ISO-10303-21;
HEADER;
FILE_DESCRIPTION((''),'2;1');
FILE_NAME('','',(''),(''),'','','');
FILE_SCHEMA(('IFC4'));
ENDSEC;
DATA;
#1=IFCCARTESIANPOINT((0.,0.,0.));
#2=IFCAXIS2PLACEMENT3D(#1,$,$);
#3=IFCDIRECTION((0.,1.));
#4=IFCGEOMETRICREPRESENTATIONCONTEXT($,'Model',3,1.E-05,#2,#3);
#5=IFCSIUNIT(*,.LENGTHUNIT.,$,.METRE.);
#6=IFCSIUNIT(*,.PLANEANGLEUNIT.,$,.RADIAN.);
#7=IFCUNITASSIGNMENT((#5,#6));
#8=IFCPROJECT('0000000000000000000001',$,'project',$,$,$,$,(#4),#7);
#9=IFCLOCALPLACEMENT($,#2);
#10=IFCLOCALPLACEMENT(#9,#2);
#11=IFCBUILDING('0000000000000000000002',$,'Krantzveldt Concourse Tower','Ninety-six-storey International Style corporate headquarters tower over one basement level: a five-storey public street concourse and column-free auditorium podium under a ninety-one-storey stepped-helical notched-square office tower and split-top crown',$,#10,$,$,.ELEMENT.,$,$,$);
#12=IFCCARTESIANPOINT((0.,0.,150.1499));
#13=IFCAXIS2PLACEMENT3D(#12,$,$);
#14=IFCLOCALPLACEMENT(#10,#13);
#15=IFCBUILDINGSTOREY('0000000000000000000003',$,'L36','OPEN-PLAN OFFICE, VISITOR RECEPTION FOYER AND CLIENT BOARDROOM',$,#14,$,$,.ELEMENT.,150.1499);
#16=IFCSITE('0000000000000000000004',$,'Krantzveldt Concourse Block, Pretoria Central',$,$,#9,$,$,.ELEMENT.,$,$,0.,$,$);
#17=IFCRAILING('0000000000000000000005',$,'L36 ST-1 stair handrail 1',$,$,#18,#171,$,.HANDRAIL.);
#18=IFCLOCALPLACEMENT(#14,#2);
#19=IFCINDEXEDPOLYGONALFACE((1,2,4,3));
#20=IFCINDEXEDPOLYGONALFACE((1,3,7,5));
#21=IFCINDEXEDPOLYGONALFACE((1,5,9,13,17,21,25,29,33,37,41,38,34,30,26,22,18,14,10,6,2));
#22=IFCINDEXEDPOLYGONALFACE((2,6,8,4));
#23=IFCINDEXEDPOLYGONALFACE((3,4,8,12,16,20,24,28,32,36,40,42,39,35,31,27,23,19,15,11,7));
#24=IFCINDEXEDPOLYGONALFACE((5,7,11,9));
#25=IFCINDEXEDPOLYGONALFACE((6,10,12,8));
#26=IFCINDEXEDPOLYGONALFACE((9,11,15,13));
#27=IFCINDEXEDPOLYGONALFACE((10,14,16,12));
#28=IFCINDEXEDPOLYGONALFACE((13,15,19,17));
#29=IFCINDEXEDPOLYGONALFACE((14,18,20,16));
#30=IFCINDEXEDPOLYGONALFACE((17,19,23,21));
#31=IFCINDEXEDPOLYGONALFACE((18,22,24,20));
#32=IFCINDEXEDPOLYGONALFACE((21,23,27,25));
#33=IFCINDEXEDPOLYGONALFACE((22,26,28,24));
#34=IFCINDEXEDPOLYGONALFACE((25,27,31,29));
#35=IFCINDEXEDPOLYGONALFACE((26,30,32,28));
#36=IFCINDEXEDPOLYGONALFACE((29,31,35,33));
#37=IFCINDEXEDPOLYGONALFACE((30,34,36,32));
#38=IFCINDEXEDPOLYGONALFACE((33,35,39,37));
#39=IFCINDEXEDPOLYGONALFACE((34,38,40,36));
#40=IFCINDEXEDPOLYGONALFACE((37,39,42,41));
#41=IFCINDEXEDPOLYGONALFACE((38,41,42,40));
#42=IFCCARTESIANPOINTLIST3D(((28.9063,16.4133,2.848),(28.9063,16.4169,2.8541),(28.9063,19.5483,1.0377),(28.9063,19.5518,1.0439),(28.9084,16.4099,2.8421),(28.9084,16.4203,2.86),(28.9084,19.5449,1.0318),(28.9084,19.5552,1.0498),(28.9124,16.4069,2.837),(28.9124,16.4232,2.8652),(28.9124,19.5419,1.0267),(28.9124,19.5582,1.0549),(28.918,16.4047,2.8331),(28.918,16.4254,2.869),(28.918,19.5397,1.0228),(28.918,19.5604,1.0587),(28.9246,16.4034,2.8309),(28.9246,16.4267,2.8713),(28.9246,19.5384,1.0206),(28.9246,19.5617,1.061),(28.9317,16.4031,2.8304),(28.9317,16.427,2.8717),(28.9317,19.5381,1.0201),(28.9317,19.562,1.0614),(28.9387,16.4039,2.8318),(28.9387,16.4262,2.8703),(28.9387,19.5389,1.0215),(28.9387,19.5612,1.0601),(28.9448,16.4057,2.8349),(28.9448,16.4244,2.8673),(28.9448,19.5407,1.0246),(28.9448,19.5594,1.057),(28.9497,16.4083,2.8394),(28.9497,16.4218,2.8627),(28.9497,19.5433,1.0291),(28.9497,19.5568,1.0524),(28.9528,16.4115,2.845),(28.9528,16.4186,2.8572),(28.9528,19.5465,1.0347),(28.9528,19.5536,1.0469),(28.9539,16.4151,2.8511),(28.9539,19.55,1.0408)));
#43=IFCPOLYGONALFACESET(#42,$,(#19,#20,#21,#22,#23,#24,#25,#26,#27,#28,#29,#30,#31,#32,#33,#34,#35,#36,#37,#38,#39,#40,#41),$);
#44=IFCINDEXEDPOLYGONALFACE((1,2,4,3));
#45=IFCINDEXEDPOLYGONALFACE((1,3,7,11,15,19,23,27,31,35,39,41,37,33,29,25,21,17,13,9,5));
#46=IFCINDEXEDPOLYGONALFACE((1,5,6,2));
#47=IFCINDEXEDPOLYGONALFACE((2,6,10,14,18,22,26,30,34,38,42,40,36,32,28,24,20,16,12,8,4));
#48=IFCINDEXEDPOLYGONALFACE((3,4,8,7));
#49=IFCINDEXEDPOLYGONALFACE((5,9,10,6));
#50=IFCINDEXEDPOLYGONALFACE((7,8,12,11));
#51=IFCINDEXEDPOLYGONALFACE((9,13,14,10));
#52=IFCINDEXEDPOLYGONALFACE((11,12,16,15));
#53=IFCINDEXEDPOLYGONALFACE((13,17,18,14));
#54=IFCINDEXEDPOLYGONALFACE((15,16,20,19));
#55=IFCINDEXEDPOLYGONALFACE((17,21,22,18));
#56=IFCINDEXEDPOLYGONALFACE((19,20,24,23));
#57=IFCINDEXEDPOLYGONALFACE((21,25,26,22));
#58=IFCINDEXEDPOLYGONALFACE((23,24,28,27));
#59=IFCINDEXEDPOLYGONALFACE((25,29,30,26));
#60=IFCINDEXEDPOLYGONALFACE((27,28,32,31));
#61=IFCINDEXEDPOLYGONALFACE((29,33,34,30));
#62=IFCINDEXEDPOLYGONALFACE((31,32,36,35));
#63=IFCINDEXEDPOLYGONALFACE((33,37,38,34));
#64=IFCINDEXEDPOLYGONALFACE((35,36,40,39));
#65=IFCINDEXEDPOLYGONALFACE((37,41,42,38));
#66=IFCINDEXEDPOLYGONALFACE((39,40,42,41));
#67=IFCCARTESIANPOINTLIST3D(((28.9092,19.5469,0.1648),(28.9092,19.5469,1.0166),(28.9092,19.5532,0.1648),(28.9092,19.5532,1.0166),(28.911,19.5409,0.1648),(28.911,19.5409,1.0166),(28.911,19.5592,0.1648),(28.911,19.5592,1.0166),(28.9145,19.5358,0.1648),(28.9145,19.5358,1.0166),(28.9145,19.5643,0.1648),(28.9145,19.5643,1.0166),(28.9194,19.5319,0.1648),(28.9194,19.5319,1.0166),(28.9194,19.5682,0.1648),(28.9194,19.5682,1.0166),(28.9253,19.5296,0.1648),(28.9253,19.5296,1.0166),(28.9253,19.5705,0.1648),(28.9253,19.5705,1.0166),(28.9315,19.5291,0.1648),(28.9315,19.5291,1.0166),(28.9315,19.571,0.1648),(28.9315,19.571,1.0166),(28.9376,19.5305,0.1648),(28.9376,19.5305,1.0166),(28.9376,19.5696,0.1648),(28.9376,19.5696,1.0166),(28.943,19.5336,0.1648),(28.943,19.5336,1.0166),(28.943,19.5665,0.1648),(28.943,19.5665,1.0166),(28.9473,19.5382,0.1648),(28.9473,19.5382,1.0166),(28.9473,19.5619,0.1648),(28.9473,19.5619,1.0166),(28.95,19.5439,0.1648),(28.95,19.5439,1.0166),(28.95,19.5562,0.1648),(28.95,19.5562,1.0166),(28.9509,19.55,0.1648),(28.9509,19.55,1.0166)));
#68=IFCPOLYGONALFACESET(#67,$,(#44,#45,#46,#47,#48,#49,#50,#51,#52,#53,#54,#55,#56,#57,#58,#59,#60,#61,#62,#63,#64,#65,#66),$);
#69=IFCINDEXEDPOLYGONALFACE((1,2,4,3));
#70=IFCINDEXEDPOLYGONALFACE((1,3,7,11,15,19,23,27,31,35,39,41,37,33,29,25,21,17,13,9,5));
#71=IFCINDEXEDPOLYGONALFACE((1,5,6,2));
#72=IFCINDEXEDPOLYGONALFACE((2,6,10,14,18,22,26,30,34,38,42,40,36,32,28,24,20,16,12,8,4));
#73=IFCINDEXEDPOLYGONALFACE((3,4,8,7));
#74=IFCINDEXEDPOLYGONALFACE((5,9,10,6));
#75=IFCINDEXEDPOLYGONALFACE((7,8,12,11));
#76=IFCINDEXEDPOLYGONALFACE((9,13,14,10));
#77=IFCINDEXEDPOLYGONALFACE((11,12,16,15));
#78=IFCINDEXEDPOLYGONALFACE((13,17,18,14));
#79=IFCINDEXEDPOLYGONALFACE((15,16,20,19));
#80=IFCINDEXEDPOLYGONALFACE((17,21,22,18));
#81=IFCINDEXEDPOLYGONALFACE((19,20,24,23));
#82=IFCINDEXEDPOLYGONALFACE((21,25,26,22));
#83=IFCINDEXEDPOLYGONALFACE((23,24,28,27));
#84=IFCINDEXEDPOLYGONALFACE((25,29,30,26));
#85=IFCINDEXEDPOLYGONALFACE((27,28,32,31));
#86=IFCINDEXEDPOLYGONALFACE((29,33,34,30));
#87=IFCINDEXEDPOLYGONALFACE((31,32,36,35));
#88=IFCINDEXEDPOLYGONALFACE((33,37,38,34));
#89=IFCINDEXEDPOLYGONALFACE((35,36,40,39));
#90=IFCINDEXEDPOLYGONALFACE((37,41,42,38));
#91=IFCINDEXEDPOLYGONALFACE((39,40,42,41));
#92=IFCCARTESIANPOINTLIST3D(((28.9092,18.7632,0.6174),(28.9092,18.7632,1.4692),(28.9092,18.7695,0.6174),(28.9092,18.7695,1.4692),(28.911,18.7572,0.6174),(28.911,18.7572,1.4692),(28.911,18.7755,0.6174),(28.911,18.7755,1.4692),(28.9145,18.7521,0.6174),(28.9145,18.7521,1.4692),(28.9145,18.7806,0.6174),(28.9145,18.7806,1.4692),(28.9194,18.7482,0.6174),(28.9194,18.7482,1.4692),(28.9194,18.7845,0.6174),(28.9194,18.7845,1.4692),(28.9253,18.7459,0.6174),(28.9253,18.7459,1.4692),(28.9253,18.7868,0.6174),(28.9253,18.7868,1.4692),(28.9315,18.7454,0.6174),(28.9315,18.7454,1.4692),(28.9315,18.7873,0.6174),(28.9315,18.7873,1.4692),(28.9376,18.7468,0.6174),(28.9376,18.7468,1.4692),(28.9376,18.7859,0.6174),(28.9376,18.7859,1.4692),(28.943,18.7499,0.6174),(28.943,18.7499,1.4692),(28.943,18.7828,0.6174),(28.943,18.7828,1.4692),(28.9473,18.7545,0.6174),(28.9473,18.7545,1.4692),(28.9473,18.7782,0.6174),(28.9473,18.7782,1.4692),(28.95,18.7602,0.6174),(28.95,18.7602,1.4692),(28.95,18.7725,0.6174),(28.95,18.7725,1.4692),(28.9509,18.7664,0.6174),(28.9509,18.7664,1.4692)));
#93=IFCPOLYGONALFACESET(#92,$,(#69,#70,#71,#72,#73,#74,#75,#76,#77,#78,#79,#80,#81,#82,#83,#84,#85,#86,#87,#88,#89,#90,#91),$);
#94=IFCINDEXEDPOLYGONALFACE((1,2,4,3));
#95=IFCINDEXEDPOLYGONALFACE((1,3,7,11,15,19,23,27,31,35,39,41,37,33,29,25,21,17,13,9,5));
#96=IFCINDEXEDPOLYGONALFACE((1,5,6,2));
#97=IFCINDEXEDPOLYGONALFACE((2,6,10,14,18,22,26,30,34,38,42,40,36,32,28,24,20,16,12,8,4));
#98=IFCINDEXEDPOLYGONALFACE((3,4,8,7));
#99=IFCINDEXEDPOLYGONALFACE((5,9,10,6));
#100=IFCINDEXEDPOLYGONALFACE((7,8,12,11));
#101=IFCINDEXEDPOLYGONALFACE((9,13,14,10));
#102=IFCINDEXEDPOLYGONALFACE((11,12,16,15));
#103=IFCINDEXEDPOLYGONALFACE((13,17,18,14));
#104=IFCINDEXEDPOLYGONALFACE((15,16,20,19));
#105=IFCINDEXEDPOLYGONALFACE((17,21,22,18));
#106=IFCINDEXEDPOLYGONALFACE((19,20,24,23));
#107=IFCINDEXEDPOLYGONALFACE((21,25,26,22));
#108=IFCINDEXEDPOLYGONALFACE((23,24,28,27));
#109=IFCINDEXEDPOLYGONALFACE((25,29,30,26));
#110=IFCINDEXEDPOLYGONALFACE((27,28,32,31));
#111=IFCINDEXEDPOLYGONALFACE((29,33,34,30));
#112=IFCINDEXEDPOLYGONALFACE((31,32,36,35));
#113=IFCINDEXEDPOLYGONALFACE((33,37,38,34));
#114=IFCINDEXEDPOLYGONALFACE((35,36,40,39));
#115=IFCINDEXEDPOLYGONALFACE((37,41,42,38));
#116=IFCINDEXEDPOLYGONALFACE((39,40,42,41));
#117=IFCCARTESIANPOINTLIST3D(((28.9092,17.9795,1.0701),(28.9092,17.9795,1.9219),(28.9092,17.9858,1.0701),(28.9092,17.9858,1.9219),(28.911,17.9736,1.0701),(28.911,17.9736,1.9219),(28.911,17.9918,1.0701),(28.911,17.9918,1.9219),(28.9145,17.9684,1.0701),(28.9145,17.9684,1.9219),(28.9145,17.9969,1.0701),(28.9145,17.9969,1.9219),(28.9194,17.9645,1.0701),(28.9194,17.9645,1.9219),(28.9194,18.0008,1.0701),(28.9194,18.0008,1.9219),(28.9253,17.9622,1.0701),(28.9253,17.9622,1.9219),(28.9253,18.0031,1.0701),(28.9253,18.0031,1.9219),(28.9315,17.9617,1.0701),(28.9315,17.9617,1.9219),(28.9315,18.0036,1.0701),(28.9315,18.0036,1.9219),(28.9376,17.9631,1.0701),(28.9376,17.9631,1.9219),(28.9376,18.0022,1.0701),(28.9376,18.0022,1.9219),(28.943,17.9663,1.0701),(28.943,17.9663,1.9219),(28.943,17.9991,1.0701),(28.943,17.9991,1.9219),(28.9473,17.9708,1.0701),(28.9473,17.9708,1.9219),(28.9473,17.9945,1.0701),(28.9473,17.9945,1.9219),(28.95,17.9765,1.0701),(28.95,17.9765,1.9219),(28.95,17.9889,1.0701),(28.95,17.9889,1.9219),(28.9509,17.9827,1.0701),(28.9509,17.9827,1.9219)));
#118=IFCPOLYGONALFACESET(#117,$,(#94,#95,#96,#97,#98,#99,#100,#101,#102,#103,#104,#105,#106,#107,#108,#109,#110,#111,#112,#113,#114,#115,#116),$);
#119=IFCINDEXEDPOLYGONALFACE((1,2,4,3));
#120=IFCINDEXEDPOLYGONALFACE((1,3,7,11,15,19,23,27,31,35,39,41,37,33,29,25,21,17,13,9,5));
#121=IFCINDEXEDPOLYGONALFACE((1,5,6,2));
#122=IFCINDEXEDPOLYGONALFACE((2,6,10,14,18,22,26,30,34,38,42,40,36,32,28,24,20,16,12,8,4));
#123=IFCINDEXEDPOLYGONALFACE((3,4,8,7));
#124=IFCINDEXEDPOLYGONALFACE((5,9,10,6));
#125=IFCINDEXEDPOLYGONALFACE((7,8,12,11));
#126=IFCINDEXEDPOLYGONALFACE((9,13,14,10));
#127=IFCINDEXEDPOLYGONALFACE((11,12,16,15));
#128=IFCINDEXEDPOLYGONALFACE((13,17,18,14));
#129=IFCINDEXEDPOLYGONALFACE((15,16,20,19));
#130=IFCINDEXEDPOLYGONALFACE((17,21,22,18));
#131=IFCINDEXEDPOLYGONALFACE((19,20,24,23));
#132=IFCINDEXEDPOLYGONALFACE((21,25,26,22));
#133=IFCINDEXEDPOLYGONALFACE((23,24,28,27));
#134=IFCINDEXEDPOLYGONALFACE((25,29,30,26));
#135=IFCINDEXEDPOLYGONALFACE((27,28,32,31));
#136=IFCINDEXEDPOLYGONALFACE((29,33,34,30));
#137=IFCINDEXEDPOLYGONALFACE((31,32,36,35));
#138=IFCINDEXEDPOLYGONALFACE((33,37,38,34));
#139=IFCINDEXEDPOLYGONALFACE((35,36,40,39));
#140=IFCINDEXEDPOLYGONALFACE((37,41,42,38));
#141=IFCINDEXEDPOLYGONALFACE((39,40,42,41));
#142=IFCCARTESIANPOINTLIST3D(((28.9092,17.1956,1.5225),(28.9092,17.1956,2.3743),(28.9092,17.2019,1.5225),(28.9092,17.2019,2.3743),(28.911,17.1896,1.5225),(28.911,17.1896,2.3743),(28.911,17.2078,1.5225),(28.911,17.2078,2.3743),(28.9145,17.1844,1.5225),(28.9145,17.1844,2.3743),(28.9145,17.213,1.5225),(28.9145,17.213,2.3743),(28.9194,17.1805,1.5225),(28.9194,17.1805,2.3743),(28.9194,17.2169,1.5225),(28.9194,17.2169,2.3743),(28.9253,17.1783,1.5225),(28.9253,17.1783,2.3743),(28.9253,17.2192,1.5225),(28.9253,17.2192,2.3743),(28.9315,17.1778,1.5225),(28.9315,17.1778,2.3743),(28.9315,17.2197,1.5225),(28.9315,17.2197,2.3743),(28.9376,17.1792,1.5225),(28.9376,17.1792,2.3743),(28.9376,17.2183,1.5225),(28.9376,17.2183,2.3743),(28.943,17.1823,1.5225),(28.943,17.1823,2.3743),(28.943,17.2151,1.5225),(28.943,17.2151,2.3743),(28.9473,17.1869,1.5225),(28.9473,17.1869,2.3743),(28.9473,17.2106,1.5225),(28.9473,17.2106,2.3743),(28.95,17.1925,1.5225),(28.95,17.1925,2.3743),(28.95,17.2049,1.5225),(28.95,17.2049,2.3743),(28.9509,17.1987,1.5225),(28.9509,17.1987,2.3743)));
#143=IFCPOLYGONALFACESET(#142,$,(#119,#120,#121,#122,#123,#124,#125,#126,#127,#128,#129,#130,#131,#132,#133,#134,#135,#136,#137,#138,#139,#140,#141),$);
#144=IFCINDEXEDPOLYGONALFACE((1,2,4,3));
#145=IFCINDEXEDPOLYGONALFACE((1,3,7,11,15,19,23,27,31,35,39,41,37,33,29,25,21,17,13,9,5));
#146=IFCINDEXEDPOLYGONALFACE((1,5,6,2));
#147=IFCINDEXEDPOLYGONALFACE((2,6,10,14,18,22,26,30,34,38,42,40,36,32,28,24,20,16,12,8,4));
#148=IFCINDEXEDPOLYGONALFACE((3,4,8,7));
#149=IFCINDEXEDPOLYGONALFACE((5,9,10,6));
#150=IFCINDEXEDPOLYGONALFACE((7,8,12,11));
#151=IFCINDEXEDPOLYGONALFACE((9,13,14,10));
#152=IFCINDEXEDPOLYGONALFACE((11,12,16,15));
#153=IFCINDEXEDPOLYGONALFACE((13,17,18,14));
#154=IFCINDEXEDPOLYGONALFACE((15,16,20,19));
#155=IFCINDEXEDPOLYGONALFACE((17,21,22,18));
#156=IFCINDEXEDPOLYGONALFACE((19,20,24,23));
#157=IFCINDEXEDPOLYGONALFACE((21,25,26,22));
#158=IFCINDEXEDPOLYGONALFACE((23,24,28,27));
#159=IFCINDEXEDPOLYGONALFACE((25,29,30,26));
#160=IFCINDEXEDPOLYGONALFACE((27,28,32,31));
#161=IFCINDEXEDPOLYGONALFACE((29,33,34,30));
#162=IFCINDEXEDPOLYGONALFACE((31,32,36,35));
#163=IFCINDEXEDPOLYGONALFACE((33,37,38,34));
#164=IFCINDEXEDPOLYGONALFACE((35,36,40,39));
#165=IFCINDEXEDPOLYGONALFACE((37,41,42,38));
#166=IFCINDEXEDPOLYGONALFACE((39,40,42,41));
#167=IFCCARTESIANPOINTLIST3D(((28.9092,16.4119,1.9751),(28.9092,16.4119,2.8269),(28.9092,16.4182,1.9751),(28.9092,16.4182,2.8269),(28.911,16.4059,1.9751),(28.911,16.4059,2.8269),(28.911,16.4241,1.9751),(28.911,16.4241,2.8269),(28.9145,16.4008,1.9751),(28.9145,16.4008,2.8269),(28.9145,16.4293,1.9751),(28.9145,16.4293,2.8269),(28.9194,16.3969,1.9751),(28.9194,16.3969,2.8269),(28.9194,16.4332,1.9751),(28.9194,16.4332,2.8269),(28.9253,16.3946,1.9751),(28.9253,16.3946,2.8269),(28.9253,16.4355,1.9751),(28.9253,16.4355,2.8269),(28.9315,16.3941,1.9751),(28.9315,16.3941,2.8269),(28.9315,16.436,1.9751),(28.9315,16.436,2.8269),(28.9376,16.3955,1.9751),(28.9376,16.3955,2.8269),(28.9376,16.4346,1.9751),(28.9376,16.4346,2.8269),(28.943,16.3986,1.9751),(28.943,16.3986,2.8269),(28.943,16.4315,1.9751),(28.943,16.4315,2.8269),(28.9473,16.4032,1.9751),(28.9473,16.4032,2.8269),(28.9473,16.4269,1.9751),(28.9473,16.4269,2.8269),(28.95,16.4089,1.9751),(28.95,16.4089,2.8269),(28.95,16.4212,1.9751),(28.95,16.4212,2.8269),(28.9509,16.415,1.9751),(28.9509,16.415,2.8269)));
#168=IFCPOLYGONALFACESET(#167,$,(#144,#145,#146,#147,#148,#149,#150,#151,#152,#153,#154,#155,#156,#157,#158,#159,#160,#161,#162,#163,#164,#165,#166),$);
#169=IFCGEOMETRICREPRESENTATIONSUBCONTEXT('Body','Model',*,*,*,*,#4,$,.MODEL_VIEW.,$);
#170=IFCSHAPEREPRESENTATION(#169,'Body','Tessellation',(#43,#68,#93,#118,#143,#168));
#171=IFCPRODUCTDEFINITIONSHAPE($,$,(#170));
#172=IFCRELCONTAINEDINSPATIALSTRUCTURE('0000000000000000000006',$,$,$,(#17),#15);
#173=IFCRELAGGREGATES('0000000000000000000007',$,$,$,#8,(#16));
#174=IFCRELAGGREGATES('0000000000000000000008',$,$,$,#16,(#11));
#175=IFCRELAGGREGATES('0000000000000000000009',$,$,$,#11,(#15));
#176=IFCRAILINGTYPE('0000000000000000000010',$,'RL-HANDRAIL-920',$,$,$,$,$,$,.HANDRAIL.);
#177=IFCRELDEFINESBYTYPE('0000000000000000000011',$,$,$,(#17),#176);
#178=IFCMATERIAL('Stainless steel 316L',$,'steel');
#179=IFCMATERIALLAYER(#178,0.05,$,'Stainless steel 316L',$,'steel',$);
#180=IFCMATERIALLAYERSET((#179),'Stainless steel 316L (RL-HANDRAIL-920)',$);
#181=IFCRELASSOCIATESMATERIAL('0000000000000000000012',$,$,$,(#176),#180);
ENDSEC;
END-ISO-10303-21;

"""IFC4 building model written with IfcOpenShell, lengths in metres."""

from ifc_helpers import new_model, si_unit, direction, frame, origin, origin_2d, place, context, subcontext, project, spatial, circle, extrude, material, layer, layer_set, type_object, element, save


model = new_model("IFC4")

# Units and contexts
model_context = context("Model", 3, precision=1e-05, world=origin(), true_north=direction((0.0, 1.0)))
body_context = subcontext(model_context, "Body", "Model", "MODEL_VIEW")
ifc_project = project(units=[si_unit("LENGTHUNIT", "METRE"), si_unit("PLANEANGLEUNIT", "RADIAN")], contexts=[model_context])

# Site, building, storey
site_placement = place(None, origin())
site = spatial("IfcSite", under=ifc_project, at=site_placement, Name="Krantzveldt Concourse Block, Pretoria Central", CompositionType="ELEMENT", RefElevation=0.0)
building_placement = place(site_placement, origin())
building = spatial("IfcBuilding", under=site, at=building_placement, Name="Krantzveldt Concourse Tower", Description="Ninety-six-storey International Style corporate headquarters tower over one basement level: a five-storey public street concourse and column-free auditorium podium under a ninety-one-storey stepped-helical notched-square office tower and split-top crown", CompositionType="ELEMENT")
storey_placement = place(building_placement, frame((0.0, 0.0, 150.1499)))
storey = spatial("IfcBuildingStorey", under=building, at=storey_placement, Name="L36", Description="OPEN-PLAN OFFICE, VISITOR RECEPTION FOYER AND CLIENT BOARDROOM", CompositionType="ELEMENT", Elevation=150.1499)

# Shared definitions
ifc_material_1 = material(Name="Stainless steel 316L", Category="steel")

# Railing
ifc_layer_1 = layer(ifc_material_1, 0.05, Name="Stainless steel 316L", Category="steel")
ifc_layer_set_1 = layer_set([ifc_layer_1], Name="Stainless steel 316L (RL-HANDRAIL-920)")
railing_type_1 = type_object("IfcRailingType", Name="RL-HANDRAIL-920", PredefinedType="HANDRAIL", material=ifc_layer_set_1)
railing_1_placement = place(storey_placement, frame((28.9299, 19.55, 0.1648)))
element("IfcRailing", 1, at=railing_1_placement, inside=storey, type_object=railing_type_1, Name="L36 ST-1 stair handrail 1", PredefinedType="HANDRAIL", context=body_context, shape_type="SweptSolid", body=[
    extrude(circle(Radius=0.0239, at=origin_2d()), frame((0.0, 0.0, 0.876), z_axis=(0.0, -0.865989, 0.500063), x_axis=(1.0, 0.0, 0.0)), (0.0, 0.0, 1.0), 3.6201),
    extrude(circle(Radius=0.021, at=origin_2d()), origin(), (0.0, 0.0, 1.0), 0.8518),
    extrude(circle(Radius=0.021, at=origin_2d()), frame((0.0, -0.7837, 0.4526)), (0.0, 0.0, 1.0), 0.8518),
    extrude(circle(Radius=0.021, at=origin_2d()), frame((0.0, -1.5674, 0.9053)), (0.0, 0.0, 1.0), 0.8518),
    extrude(circle(Radius=0.021, at=origin_2d()), frame((0.0, -2.3513, 1.3577)), (0.0, 0.0, 1.0), 0.8518),
    extrude(circle(Radius=0.021, at=origin_2d()), frame((0.0, -3.135, 1.8103)), (0.0, 0.0, 1.0), 0.8518),
])

save(model, "model.ifc")
